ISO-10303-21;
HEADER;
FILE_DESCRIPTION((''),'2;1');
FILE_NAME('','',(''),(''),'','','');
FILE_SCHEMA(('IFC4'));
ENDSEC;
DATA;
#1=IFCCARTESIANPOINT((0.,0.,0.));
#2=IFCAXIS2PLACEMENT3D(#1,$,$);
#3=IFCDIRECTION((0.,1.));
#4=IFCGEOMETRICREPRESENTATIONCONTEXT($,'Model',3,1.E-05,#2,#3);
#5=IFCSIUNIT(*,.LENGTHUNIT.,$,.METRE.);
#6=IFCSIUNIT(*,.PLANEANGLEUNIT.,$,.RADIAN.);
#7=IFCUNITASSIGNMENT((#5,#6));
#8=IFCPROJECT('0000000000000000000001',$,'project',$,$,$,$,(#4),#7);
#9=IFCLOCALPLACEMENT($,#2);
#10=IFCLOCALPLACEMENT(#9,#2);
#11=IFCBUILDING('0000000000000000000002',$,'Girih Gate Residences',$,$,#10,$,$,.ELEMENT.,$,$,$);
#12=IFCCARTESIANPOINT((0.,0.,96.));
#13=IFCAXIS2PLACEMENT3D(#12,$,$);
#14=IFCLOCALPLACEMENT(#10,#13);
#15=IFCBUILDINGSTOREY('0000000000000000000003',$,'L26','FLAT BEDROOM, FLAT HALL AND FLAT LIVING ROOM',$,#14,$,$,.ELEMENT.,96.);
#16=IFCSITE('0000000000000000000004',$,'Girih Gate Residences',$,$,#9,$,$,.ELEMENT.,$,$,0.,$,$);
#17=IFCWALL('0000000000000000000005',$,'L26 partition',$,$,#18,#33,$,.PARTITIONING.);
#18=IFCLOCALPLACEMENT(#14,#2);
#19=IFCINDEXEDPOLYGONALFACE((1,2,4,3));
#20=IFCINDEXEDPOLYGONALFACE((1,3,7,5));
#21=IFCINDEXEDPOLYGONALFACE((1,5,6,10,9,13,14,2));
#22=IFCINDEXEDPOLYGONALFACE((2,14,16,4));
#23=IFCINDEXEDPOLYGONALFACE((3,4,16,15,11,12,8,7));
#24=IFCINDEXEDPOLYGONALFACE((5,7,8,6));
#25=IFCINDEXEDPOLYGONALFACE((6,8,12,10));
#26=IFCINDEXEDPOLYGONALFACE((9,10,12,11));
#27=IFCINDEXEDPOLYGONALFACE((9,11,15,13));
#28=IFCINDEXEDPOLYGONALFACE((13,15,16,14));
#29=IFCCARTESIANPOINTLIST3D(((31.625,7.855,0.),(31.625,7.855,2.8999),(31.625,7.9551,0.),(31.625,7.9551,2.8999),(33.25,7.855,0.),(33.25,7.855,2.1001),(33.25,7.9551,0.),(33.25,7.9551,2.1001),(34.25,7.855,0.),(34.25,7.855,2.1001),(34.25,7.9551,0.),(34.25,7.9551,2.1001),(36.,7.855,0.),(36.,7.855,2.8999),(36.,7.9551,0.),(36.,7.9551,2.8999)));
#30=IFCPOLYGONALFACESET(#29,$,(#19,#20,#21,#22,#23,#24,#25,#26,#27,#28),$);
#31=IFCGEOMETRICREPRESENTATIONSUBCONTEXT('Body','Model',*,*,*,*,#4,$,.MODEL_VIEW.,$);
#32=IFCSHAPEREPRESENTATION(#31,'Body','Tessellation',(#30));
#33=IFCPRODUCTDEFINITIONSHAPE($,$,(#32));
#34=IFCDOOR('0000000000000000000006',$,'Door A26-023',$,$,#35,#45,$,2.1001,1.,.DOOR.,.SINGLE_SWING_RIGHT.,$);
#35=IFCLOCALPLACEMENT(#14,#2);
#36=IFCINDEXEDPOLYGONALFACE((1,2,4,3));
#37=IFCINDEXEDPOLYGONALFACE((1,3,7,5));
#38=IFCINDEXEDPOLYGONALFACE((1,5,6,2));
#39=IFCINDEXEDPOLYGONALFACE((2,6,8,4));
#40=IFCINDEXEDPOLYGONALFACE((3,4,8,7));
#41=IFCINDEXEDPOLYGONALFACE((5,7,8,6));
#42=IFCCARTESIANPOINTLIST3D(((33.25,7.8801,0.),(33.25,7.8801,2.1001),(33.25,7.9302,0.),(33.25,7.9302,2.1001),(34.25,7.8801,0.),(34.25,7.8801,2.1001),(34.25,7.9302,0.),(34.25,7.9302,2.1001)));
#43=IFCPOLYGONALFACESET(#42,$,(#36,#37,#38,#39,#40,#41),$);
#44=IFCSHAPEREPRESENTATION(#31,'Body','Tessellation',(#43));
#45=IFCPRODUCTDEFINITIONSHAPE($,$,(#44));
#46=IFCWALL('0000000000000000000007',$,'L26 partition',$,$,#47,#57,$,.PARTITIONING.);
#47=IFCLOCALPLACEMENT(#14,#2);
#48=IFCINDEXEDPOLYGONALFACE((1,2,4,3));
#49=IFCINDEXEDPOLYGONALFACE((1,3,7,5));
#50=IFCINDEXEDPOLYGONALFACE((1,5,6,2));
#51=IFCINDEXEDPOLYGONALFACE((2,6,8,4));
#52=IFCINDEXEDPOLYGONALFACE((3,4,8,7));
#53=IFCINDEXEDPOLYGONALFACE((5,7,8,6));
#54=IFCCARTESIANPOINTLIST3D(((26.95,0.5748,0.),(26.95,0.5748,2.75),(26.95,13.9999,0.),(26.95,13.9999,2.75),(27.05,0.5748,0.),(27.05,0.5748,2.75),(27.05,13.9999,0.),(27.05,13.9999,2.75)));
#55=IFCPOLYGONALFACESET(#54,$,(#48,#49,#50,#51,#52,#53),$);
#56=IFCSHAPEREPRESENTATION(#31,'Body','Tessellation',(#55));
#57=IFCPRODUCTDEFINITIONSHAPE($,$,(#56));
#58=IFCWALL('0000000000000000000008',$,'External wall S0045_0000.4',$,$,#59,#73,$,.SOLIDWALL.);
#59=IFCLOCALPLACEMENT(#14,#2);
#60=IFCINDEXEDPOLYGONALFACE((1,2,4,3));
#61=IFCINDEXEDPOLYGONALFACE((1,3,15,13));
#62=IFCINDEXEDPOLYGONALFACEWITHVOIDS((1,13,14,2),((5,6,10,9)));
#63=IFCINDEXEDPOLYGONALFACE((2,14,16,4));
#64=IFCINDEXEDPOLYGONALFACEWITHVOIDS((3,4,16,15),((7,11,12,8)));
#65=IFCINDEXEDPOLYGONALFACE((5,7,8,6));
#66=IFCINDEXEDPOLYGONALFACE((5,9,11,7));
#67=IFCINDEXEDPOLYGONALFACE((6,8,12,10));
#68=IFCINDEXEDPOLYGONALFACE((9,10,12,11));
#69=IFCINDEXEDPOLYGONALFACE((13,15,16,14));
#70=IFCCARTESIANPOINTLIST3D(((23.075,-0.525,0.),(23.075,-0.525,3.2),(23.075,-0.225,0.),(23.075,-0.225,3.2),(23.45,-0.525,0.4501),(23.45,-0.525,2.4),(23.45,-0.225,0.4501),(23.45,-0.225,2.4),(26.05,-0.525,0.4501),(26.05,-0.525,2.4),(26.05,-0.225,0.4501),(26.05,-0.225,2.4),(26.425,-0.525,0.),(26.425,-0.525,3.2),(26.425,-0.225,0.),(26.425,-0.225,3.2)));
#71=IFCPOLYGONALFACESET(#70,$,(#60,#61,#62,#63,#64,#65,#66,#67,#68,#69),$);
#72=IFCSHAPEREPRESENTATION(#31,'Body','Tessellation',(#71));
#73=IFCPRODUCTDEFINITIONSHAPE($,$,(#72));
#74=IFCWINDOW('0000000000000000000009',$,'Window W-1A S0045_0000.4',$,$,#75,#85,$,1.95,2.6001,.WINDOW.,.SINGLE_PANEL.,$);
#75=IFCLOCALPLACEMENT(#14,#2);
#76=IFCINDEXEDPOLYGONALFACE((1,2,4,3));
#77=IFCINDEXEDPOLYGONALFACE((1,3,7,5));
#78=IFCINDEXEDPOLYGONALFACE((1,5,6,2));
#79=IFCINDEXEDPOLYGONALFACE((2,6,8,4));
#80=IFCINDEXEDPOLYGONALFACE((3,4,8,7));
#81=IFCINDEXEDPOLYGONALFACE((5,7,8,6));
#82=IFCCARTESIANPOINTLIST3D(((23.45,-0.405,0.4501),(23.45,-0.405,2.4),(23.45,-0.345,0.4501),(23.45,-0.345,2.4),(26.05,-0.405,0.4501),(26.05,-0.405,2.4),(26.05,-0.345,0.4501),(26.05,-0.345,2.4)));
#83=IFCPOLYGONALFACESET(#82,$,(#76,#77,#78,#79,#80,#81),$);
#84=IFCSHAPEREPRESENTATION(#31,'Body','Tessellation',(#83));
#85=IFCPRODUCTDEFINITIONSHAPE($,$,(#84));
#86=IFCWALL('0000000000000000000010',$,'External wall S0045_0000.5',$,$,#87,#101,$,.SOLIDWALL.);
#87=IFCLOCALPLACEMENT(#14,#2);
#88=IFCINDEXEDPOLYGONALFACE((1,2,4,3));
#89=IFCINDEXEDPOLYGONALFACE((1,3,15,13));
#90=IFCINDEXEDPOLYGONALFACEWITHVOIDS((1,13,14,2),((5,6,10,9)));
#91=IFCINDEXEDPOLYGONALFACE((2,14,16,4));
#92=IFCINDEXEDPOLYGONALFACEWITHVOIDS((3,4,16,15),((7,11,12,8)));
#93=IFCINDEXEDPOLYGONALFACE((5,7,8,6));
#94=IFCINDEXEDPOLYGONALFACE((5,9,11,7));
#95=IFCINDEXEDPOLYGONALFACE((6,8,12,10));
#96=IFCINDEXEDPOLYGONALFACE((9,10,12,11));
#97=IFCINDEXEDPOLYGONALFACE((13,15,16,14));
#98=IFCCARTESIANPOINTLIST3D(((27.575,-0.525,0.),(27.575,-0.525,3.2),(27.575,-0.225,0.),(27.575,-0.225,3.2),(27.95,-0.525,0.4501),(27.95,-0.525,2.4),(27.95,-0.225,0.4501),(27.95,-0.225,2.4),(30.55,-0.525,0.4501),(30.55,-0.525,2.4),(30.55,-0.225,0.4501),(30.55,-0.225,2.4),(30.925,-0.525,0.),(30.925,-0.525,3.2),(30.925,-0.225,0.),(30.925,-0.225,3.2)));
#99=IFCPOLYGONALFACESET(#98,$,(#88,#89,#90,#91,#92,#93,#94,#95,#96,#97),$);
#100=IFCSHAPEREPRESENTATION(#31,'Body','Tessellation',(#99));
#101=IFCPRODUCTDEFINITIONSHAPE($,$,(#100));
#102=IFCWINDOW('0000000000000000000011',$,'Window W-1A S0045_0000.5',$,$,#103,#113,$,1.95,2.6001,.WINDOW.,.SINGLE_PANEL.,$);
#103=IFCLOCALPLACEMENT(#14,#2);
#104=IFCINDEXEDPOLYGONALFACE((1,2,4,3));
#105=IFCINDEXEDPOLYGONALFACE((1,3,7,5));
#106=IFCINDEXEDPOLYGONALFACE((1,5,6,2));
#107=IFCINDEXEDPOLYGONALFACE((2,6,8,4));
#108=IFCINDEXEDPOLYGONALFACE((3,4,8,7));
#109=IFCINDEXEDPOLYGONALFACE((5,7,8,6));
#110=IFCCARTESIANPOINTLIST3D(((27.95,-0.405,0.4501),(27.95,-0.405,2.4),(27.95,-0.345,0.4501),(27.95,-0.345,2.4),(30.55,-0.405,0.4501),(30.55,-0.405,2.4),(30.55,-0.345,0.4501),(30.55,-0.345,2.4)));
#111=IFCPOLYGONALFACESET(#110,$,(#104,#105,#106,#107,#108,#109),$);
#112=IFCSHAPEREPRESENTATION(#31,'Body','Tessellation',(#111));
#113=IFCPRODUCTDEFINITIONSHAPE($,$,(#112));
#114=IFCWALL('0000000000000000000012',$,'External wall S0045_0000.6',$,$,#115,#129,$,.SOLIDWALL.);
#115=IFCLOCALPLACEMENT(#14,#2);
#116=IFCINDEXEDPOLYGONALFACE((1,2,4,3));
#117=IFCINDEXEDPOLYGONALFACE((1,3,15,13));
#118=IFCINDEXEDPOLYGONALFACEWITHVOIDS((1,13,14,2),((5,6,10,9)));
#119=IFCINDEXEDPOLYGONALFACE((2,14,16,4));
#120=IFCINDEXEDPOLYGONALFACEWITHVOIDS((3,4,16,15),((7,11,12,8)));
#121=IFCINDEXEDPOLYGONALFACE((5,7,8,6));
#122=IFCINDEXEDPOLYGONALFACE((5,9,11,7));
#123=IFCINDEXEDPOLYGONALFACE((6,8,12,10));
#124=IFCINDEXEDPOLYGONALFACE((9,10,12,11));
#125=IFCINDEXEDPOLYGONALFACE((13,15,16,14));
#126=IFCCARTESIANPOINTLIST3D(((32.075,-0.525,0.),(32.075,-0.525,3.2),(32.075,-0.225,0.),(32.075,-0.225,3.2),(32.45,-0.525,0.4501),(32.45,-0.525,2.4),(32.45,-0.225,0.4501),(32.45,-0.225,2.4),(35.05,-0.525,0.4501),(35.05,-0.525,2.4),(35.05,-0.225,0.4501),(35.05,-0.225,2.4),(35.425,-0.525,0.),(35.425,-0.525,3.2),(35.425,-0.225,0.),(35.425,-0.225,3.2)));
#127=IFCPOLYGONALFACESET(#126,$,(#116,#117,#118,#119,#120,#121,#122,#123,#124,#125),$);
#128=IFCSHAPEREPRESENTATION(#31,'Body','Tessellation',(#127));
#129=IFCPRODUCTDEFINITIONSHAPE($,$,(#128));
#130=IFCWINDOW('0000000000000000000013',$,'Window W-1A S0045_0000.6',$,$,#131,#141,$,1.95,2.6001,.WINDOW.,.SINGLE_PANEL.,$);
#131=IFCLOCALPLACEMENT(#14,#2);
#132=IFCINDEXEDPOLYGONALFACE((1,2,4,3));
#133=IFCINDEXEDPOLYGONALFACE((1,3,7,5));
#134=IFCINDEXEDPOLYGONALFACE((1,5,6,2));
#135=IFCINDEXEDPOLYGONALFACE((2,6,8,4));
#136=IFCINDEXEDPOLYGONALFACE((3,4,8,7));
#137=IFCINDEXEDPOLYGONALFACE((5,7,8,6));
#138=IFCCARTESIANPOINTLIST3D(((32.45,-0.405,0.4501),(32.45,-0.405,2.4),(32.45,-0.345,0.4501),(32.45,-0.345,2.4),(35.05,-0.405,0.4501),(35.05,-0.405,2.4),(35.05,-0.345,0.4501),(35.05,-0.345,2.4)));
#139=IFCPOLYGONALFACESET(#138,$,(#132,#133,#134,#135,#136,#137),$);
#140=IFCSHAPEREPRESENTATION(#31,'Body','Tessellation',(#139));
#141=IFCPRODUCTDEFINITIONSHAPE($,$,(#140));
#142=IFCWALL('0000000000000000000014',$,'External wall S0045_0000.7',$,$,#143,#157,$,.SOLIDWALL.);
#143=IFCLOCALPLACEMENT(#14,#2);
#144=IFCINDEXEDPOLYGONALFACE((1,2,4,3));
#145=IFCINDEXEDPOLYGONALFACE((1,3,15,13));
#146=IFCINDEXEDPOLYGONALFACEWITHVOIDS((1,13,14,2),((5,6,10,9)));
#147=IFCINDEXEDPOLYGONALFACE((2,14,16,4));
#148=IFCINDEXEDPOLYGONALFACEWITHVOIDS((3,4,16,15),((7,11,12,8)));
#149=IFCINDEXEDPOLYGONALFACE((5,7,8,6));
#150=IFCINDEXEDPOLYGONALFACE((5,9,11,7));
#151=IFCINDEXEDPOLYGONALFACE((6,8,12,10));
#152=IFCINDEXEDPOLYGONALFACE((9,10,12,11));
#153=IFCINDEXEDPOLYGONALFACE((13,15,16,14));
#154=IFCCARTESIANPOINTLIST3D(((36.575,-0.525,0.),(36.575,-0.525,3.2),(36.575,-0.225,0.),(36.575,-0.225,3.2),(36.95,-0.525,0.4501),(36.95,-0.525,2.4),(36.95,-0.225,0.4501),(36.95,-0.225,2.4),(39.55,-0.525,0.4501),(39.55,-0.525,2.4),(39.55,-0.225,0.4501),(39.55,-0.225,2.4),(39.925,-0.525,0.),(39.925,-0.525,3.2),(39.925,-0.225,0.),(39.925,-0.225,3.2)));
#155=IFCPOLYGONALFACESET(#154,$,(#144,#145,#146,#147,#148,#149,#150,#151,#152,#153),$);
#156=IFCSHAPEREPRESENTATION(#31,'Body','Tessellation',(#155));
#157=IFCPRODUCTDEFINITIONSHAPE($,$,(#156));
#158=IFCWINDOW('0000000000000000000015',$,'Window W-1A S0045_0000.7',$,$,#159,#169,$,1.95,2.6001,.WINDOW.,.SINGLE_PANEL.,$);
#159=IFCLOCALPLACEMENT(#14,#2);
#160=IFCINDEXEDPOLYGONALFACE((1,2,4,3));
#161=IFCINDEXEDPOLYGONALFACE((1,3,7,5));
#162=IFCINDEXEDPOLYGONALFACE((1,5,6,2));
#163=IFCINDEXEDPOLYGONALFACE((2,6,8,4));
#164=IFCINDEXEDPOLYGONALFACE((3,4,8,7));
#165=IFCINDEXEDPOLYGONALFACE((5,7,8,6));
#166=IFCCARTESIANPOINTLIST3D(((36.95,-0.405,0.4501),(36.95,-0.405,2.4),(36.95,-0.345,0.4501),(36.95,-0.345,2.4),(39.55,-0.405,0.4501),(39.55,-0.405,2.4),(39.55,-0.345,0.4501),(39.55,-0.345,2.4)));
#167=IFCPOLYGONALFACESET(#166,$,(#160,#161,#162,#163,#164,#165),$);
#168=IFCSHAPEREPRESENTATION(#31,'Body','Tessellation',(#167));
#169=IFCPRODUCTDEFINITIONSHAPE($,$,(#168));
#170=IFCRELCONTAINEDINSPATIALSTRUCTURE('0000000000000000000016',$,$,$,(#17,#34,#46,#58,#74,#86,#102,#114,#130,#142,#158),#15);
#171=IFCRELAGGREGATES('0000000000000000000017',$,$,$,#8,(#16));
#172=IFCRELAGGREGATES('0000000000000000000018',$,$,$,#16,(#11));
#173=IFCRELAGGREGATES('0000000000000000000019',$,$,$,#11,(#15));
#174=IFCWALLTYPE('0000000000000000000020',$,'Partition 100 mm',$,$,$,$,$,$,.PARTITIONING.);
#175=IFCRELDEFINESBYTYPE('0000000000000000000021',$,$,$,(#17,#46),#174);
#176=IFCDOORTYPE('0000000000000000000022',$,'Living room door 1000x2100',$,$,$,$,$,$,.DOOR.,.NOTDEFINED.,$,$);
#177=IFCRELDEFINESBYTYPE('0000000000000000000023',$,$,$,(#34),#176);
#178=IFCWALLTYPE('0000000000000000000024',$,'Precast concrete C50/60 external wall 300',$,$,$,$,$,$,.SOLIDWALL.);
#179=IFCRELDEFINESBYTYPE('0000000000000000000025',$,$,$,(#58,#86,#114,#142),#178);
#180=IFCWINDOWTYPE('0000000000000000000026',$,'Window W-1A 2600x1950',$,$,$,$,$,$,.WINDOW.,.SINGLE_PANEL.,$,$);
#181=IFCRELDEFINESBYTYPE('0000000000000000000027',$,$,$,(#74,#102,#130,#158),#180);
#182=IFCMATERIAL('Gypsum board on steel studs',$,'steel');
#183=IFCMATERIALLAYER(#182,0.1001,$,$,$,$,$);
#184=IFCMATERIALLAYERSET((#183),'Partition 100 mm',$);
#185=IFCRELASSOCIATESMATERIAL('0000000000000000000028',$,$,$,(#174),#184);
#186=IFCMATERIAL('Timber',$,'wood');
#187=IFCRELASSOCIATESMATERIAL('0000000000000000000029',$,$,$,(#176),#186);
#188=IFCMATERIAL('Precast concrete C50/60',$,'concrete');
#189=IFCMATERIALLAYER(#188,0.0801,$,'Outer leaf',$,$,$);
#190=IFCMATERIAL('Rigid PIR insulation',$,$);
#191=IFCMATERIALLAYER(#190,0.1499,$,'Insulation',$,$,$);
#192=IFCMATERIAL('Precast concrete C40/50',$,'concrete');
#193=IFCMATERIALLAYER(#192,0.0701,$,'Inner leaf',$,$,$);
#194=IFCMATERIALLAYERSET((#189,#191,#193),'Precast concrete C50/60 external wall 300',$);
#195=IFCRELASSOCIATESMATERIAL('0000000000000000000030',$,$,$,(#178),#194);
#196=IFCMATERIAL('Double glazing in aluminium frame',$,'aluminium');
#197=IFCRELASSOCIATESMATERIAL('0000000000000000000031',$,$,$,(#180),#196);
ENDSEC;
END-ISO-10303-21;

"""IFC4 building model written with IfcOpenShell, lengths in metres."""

from ifc_helpers import new_model, si_unit, direction, frame, frame_2d, origin, place, context, subcontext, project, spatial, rectangle, extrude, material, layer, layer_set, type_object, element, fill, save


model = new_model("IFC4")

# Units and contexts
model_context = context("Model", 3, precision=1e-05, world=origin(), true_north=direction((0.0, 1.0)))
body_context = subcontext(model_context, "Body", "Model", "MODEL_VIEW")
ifc_project = project(units=[si_unit("LENGTHUNIT", "METRE"), si_unit("PLANEANGLEUNIT", "RADIAN")], contexts=[model_context])

# Site, building, storey
site_placement = place(None, origin())
site = spatial("IfcSite", under=ifc_project, at=site_placement, Name="Girih Gate Residences", CompositionType="ELEMENT", RefElevation=0.0)
building_placement = place(site_placement, origin())
building = spatial("IfcBuilding", under=site, at=building_placement, Name="Girih Gate Residences", CompositionType="ELEMENT")
storey_placement = place(building_placement, frame((0.0, 0.0, 96.0)))
storey = spatial("IfcBuildingStorey", under=building, at=storey_placement, Name="L26", Description="FLAT BEDROOM, FLAT HALL AND FLAT LIVING ROOM", CompositionType="ELEMENT", Elevation=96.0)

# Shared definitions
ifc_material_1 = material(Name="Gypsum board on steel studs", Category="steel")
ifc_layer_1 = layer(ifc_material_1, 0.1001)
ifc_layer_set_1 = layer_set([ifc_layer_1], Name="Partition 100 mm")
wall_type_1 = type_object("IfcWallType", Name="Partition 100 mm", PredefinedType="PARTITIONING", material=ifc_layer_set_1)

# Wall, opening, door
ifc_material_2 = material(Name="Timber", Category="wood")
wall_1_placement = place(storey_placement, frame((36.0, 7.905, 0.0), z_axis=(0.0, 0.0, 1.0), x_axis=(-1.0, 0.0, 0.0)))
wall_1 = element("IfcWall", 1, at=wall_1_placement, inside=storey, type_object=wall_type_1, Name="L26 partition", PredefinedType="PARTITIONING", context=body_context, shape_type="SweptSolid", body=[
    extrude(rectangle(XDim=4.375, YDim=0.1001, at=frame_2d((2.1875, 0.0))), origin(), (0.0, 0.0, 1.0), 2.8999),
])
opening_1_placement = place(wall_1_placement, frame((1.75, 0.0, 0.0)))
opening_1 = element("IfcOpeningElement", 2, at=opening_1_placement, cuts=wall_1, PredefinedType="OPENING", context=body_context, shape_type="SweptSolid", body=[
    extrude(rectangle(XDim=1.0, YDim=2.1001, at=frame_2d((0.5, 1.05))), frame((0.0, 0.0601, 0.0), z_axis=(0.0, -1.0, 0.0), x_axis=(1.0, 0.0, 0.0)), (0.0, 0.0, 1.0), 0.1201),
])
door_type_1 = type_object("IfcDoorType", Name="Living room door 1000x2100", OperationType="NOTDEFINED", PredefinedType="DOOR", material=ifc_material_2)
door_1_placement = place(opening_1_placement, origin())
door_1 = element("IfcDoor", 3, at=door_1_placement, inside=storey, type_object=door_type_1, Name="Door A26-023", OperationType="SINGLE_SWING_RIGHT", OverallHeight=2.1001, OverallWidth=1.0, PredefinedType="DOOR", context=body_context, shape_type="SweptSolid", body=[
    extrude(rectangle(XDim=1.0, YDim=2.1001, at=frame_2d((0.5, 1.05))), frame((0.0, 0.0249, 0.0), z_axis=(0.0, -1.0, 0.0), x_axis=(1.0, 0.0, 0.0)), (0.0, 0.0, 1.0), 0.05),
])
fill(opening_1, door_1)

# Wall
wall_2_placement = place(storey_placement, frame((27.0, 0.575, 0.0), z_axis=(0.0, 0.0, 1.0), x_axis=(0.0, 1.0, 0.0)))
element("IfcWall", 4, at=wall_2_placement, inside=storey, type_object=wall_type_1, Name="L26 partition", PredefinedType="PARTITIONING", context=body_context, shape_type="SweptSolid", body=[
    extrude(rectangle(XDim=13.425, YDim=0.1001, at=frame_2d((6.7124, 0.0))), origin(), (0.0, 0.0, 1.0), 2.75),
])

# Walls, openings, windows
ifc_material_3 = material(Name="Precast concrete C50/60", Category="concrete")
ifc_layer_2 = layer(ifc_material_3, 0.0801, Name="Outer leaf")
ifc_material_4 = material(Name="Rigid PIR insulation")
ifc_layer_3 = layer(ifc_material_4, 0.1499, Name="Insulation")
ifc_material_5 = material(Name="Precast concrete C40/50", Category="concrete")
ifc_layer_4 = layer(ifc_material_5, 0.0701, Name="Inner leaf")
ifc_layer_set_2 = layer_set([ifc_layer_2, ifc_layer_3, ifc_layer_4], Name="Precast concrete C50/60 external wall 300")
wall_type_2 = type_object("IfcWallType", Name="Precast concrete C50/60 external wall 300", PredefinedType="SOLIDWALL", material=ifc_layer_set_2)
wall_3_placement = place(storey_placement, frame((26.425, -0.375, 0.0), z_axis=(0.0, 0.0, 1.0), x_axis=(-1.0, 0.0, 0.0)))
wall_3 = element("IfcWall", 5, at=wall_3_placement, inside=storey, type_object=wall_type_2, Name="External wall S0045_0000.4", PredefinedType="SOLIDWALL", context=body_context, shape_type="SweptSolid", body=[
    extrude(rectangle(XDim=3.3501, YDim=0.3, at=frame_2d((1.675, 0.0))), origin(), (0.0, 0.0, 1.0), 3.2),
])
opening_2_placement = place(wall_3_placement, frame((0.375, 0.0, 0.45)))
opening_2 = element("IfcOpeningElement", 6, at=opening_2_placement, cuts=wall_3, PredefinedType="OPENING", context=body_context, shape_type="SweptSolid", body=[
    extrude(rectangle(XDim=2.6001, YDim=1.95, at=frame_2d((1.3, 0.9751))), frame((0.0, 0.1599, 0.0), z_axis=(0.0, -1.0, 0.0), x_axis=(1.0, 0.0, 0.0)), (0.0, 0.0, 1.0), 0.3201),
])
ifc_material_6 = material(Name="Double glazing in aluminium frame", Category="aluminium")
window_type = type_object("IfcWindowType", Name="Window W-1A 2600x1950", PartitioningType="SINGLE_PANEL", PredefinedType="WINDOW", material=ifc_material_6)
window_1_placement = place(opening_2_placement, origin())
window_1 = element("IfcWindow", 7, at=window_1_placement, inside=storey, type_object=window_type, Name="Window W-1A S0045_0000.4", OverallHeight=1.95, OverallWidth=2.6001, PartitioningType="SINGLE_PANEL", PredefinedType="WINDOW", context=body_context, shape_type="SweptSolid", body=[
    extrude(rectangle(XDim=2.6001, YDim=1.95, at=frame_2d((1.3, 0.9751))), frame((0.0, 0.03, 0.0), z_axis=(0.0, -1.0, 0.0), x_axis=(1.0, 0.0, 0.0)), (0.0, 0.0, 1.0), 0.0601),
])
fill(opening_2, window_1)
wall_4_placement = place(storey_placement, frame((30.925, -0.375, 0.0), z_axis=(0.0, 0.0, 1.0), x_axis=(-1.0, 0.0, 0.0)))
wall_4 = element("IfcWall", 8, at=wall_4_placement, inside=storey, type_object=wall_type_2, Name="External wall S0045_0000.5", PredefinedType="SOLIDWALL", context=body_context, shape_type="SweptSolid", body=[
    extrude(rectangle(XDim=3.3501, YDim=0.3, at=frame_2d((1.675, 0.0))), origin(), (0.0, 0.0, 1.0), 3.2),
])
opening_3_placement = place(wall_4_placement, frame((0.375, 0.0, 0.45)))
opening_3 = element("IfcOpeningElement", 9, at=opening_3_placement, cuts=wall_4, PredefinedType="OPENING", context=body_context, shape_type="SweptSolid", body=[
    extrude(rectangle(XDim=2.6001, YDim=1.95, at=frame_2d((1.3, 0.9751))), frame((0.0, 0.1599, 0.0), z_axis=(0.0, -1.0, 0.0), x_axis=(1.0, 0.0, 0.0)), (0.0, 0.0, 1.0), 0.3201),
])
window_2_placement = place(opening_3_placement, origin())
window_2 = element("IfcWindow", 10, at=window_2_placement, inside=storey, type_object=window_type, Name="Window W-1A S0045_0000.5", OverallHeight=1.95, OverallWidth=2.6001, PartitioningType="SINGLE_PANEL", PredefinedType="WINDOW", context=body_context, shape_type="SweptSolid", body=[
    extrude(rectangle(XDim=2.6001, YDim=1.95, at=frame_2d((1.3, 0.9751))), frame((0.0, 0.03, 0.0), z_axis=(0.0, -1.0, 0.0), x_axis=(1.0, 0.0, 0.0)), (0.0, 0.0, 1.0), 0.0601),
])
fill(opening_3, window_2)
wall_5_placement = place(storey_placement, frame((35.425, -0.375, 0.0), z_axis=(0.0, 0.0, 1.0), x_axis=(-1.0, 0.0, 0.0)))
wall_5 = element("IfcWall", 11, at=wall_5_placement, inside=storey, type_object=wall_type_2, Name="External wall S0045_0000.6", PredefinedType="SOLIDWALL", context=body_context, shape_type="SweptSolid", body=[
    extrude(rectangle(XDim=3.3501, YDim=0.3, at=frame_2d((1.675, 0.0))), origin(), (0.0, 0.0, 1.0), 3.2),
])
opening_4_placement = place(wall_5_placement, frame((0.375, 0.0, 0.45)))
opening_4 = element("IfcOpeningElement", 12, at=opening_4_placement, cuts=wall_5, PredefinedType="OPENING", context=body_context, shape_type="SweptSolid", body=[
    extrude(rectangle(XDim=2.6001, YDim=1.95, at=frame_2d((1.3, 0.9751))), frame((0.0, 0.1599, 0.0), z_axis=(0.0, -1.0, 0.0), x_axis=(1.0, 0.0, 0.0)), (0.0, 0.0, 1.0), 0.3201),
])
window_3_placement = place(opening_4_placement, origin())
window_3 = element("IfcWindow", 13, at=window_3_placement, inside=storey, type_object=window_type, Name="Window W-1A S0045_0000.6", OverallHeight=1.95, OverallWidth=2.6001, PartitioningType="SINGLE_PANEL", PredefinedType="WINDOW", context=body_context, shape_type="SweptSolid", body=[
    extrude(rectangle(XDim=2.6001, YDim=1.95, at=frame_2d((1.3, 0.9751))), frame((0.0, 0.03, 0.0), z_axis=(0.0, -1.0, 0.0), x_axis=(1.0, 0.0, 0.0)), (0.0, 0.0, 1.0), 0.0601),
])
fill(opening_4, window_3)
wall_6_placement = place(storey_placement, frame((39.925, -0.375, 0.0), z_axis=(0.0, 0.0, 1.0), x_axis=(-1.0, 0.0, 0.0)))
wall_6 = element("IfcWall", 14, at=wall_6_placement, inside=storey, type_object=wall_type_2, Name="External wall S0045_0000.7", PredefinedType="SOLIDWALL", context=body_context, shape_type="SweptSolid", body=[
    extrude(rectangle(XDim=3.3501, YDim=0.3, at=frame_2d((1.675, 0.0))), origin(), (0.0, 0.0, 1.0), 3.2),
])
opening_5_placement = place(wall_6_placement, frame((0.375, 0.0, 0.45)))
opening_5 = element("IfcOpeningElement", 15, at=opening_5_placement, cuts=wall_6, PredefinedType="OPENING", context=body_context, shape_type="SweptSolid", body=[
    extrude(rectangle(XDim=2.6001, YDim=1.95, at=frame_2d((1.3, 0.9751))), frame((0.0, 0.1599, 0.0), z_axis=(0.0, -1.0, 0.0), x_axis=(1.0, 0.0, 0.0)), (0.0, 0.0, 1.0), 0.3201),
])
window_4_placement = place(opening_5_placement, origin())
window_4 = element("IfcWindow", 16, at=window_4_placement, inside=storey, type_object=window_type, Name="Window W-1A S0045_0000.7", OverallHeight=1.95, OverallWidth=2.6001, PartitioningType="SINGLE_PANEL", PredefinedType="WINDOW", context=body_context, shape_type="SweptSolid", body=[
    extrude(rectangle(XDim=2.6001, YDim=1.95, at=frame_2d((1.3, 0.9751))), frame((0.0, 0.03, 0.0), z_axis=(0.0, -1.0, 0.0), x_axis=(1.0, 0.0, 0.0)), (0.0, 0.0, 1.0), 0.0601),
])
fill(opening_5, window_4)

save(model, "model.ifc")
